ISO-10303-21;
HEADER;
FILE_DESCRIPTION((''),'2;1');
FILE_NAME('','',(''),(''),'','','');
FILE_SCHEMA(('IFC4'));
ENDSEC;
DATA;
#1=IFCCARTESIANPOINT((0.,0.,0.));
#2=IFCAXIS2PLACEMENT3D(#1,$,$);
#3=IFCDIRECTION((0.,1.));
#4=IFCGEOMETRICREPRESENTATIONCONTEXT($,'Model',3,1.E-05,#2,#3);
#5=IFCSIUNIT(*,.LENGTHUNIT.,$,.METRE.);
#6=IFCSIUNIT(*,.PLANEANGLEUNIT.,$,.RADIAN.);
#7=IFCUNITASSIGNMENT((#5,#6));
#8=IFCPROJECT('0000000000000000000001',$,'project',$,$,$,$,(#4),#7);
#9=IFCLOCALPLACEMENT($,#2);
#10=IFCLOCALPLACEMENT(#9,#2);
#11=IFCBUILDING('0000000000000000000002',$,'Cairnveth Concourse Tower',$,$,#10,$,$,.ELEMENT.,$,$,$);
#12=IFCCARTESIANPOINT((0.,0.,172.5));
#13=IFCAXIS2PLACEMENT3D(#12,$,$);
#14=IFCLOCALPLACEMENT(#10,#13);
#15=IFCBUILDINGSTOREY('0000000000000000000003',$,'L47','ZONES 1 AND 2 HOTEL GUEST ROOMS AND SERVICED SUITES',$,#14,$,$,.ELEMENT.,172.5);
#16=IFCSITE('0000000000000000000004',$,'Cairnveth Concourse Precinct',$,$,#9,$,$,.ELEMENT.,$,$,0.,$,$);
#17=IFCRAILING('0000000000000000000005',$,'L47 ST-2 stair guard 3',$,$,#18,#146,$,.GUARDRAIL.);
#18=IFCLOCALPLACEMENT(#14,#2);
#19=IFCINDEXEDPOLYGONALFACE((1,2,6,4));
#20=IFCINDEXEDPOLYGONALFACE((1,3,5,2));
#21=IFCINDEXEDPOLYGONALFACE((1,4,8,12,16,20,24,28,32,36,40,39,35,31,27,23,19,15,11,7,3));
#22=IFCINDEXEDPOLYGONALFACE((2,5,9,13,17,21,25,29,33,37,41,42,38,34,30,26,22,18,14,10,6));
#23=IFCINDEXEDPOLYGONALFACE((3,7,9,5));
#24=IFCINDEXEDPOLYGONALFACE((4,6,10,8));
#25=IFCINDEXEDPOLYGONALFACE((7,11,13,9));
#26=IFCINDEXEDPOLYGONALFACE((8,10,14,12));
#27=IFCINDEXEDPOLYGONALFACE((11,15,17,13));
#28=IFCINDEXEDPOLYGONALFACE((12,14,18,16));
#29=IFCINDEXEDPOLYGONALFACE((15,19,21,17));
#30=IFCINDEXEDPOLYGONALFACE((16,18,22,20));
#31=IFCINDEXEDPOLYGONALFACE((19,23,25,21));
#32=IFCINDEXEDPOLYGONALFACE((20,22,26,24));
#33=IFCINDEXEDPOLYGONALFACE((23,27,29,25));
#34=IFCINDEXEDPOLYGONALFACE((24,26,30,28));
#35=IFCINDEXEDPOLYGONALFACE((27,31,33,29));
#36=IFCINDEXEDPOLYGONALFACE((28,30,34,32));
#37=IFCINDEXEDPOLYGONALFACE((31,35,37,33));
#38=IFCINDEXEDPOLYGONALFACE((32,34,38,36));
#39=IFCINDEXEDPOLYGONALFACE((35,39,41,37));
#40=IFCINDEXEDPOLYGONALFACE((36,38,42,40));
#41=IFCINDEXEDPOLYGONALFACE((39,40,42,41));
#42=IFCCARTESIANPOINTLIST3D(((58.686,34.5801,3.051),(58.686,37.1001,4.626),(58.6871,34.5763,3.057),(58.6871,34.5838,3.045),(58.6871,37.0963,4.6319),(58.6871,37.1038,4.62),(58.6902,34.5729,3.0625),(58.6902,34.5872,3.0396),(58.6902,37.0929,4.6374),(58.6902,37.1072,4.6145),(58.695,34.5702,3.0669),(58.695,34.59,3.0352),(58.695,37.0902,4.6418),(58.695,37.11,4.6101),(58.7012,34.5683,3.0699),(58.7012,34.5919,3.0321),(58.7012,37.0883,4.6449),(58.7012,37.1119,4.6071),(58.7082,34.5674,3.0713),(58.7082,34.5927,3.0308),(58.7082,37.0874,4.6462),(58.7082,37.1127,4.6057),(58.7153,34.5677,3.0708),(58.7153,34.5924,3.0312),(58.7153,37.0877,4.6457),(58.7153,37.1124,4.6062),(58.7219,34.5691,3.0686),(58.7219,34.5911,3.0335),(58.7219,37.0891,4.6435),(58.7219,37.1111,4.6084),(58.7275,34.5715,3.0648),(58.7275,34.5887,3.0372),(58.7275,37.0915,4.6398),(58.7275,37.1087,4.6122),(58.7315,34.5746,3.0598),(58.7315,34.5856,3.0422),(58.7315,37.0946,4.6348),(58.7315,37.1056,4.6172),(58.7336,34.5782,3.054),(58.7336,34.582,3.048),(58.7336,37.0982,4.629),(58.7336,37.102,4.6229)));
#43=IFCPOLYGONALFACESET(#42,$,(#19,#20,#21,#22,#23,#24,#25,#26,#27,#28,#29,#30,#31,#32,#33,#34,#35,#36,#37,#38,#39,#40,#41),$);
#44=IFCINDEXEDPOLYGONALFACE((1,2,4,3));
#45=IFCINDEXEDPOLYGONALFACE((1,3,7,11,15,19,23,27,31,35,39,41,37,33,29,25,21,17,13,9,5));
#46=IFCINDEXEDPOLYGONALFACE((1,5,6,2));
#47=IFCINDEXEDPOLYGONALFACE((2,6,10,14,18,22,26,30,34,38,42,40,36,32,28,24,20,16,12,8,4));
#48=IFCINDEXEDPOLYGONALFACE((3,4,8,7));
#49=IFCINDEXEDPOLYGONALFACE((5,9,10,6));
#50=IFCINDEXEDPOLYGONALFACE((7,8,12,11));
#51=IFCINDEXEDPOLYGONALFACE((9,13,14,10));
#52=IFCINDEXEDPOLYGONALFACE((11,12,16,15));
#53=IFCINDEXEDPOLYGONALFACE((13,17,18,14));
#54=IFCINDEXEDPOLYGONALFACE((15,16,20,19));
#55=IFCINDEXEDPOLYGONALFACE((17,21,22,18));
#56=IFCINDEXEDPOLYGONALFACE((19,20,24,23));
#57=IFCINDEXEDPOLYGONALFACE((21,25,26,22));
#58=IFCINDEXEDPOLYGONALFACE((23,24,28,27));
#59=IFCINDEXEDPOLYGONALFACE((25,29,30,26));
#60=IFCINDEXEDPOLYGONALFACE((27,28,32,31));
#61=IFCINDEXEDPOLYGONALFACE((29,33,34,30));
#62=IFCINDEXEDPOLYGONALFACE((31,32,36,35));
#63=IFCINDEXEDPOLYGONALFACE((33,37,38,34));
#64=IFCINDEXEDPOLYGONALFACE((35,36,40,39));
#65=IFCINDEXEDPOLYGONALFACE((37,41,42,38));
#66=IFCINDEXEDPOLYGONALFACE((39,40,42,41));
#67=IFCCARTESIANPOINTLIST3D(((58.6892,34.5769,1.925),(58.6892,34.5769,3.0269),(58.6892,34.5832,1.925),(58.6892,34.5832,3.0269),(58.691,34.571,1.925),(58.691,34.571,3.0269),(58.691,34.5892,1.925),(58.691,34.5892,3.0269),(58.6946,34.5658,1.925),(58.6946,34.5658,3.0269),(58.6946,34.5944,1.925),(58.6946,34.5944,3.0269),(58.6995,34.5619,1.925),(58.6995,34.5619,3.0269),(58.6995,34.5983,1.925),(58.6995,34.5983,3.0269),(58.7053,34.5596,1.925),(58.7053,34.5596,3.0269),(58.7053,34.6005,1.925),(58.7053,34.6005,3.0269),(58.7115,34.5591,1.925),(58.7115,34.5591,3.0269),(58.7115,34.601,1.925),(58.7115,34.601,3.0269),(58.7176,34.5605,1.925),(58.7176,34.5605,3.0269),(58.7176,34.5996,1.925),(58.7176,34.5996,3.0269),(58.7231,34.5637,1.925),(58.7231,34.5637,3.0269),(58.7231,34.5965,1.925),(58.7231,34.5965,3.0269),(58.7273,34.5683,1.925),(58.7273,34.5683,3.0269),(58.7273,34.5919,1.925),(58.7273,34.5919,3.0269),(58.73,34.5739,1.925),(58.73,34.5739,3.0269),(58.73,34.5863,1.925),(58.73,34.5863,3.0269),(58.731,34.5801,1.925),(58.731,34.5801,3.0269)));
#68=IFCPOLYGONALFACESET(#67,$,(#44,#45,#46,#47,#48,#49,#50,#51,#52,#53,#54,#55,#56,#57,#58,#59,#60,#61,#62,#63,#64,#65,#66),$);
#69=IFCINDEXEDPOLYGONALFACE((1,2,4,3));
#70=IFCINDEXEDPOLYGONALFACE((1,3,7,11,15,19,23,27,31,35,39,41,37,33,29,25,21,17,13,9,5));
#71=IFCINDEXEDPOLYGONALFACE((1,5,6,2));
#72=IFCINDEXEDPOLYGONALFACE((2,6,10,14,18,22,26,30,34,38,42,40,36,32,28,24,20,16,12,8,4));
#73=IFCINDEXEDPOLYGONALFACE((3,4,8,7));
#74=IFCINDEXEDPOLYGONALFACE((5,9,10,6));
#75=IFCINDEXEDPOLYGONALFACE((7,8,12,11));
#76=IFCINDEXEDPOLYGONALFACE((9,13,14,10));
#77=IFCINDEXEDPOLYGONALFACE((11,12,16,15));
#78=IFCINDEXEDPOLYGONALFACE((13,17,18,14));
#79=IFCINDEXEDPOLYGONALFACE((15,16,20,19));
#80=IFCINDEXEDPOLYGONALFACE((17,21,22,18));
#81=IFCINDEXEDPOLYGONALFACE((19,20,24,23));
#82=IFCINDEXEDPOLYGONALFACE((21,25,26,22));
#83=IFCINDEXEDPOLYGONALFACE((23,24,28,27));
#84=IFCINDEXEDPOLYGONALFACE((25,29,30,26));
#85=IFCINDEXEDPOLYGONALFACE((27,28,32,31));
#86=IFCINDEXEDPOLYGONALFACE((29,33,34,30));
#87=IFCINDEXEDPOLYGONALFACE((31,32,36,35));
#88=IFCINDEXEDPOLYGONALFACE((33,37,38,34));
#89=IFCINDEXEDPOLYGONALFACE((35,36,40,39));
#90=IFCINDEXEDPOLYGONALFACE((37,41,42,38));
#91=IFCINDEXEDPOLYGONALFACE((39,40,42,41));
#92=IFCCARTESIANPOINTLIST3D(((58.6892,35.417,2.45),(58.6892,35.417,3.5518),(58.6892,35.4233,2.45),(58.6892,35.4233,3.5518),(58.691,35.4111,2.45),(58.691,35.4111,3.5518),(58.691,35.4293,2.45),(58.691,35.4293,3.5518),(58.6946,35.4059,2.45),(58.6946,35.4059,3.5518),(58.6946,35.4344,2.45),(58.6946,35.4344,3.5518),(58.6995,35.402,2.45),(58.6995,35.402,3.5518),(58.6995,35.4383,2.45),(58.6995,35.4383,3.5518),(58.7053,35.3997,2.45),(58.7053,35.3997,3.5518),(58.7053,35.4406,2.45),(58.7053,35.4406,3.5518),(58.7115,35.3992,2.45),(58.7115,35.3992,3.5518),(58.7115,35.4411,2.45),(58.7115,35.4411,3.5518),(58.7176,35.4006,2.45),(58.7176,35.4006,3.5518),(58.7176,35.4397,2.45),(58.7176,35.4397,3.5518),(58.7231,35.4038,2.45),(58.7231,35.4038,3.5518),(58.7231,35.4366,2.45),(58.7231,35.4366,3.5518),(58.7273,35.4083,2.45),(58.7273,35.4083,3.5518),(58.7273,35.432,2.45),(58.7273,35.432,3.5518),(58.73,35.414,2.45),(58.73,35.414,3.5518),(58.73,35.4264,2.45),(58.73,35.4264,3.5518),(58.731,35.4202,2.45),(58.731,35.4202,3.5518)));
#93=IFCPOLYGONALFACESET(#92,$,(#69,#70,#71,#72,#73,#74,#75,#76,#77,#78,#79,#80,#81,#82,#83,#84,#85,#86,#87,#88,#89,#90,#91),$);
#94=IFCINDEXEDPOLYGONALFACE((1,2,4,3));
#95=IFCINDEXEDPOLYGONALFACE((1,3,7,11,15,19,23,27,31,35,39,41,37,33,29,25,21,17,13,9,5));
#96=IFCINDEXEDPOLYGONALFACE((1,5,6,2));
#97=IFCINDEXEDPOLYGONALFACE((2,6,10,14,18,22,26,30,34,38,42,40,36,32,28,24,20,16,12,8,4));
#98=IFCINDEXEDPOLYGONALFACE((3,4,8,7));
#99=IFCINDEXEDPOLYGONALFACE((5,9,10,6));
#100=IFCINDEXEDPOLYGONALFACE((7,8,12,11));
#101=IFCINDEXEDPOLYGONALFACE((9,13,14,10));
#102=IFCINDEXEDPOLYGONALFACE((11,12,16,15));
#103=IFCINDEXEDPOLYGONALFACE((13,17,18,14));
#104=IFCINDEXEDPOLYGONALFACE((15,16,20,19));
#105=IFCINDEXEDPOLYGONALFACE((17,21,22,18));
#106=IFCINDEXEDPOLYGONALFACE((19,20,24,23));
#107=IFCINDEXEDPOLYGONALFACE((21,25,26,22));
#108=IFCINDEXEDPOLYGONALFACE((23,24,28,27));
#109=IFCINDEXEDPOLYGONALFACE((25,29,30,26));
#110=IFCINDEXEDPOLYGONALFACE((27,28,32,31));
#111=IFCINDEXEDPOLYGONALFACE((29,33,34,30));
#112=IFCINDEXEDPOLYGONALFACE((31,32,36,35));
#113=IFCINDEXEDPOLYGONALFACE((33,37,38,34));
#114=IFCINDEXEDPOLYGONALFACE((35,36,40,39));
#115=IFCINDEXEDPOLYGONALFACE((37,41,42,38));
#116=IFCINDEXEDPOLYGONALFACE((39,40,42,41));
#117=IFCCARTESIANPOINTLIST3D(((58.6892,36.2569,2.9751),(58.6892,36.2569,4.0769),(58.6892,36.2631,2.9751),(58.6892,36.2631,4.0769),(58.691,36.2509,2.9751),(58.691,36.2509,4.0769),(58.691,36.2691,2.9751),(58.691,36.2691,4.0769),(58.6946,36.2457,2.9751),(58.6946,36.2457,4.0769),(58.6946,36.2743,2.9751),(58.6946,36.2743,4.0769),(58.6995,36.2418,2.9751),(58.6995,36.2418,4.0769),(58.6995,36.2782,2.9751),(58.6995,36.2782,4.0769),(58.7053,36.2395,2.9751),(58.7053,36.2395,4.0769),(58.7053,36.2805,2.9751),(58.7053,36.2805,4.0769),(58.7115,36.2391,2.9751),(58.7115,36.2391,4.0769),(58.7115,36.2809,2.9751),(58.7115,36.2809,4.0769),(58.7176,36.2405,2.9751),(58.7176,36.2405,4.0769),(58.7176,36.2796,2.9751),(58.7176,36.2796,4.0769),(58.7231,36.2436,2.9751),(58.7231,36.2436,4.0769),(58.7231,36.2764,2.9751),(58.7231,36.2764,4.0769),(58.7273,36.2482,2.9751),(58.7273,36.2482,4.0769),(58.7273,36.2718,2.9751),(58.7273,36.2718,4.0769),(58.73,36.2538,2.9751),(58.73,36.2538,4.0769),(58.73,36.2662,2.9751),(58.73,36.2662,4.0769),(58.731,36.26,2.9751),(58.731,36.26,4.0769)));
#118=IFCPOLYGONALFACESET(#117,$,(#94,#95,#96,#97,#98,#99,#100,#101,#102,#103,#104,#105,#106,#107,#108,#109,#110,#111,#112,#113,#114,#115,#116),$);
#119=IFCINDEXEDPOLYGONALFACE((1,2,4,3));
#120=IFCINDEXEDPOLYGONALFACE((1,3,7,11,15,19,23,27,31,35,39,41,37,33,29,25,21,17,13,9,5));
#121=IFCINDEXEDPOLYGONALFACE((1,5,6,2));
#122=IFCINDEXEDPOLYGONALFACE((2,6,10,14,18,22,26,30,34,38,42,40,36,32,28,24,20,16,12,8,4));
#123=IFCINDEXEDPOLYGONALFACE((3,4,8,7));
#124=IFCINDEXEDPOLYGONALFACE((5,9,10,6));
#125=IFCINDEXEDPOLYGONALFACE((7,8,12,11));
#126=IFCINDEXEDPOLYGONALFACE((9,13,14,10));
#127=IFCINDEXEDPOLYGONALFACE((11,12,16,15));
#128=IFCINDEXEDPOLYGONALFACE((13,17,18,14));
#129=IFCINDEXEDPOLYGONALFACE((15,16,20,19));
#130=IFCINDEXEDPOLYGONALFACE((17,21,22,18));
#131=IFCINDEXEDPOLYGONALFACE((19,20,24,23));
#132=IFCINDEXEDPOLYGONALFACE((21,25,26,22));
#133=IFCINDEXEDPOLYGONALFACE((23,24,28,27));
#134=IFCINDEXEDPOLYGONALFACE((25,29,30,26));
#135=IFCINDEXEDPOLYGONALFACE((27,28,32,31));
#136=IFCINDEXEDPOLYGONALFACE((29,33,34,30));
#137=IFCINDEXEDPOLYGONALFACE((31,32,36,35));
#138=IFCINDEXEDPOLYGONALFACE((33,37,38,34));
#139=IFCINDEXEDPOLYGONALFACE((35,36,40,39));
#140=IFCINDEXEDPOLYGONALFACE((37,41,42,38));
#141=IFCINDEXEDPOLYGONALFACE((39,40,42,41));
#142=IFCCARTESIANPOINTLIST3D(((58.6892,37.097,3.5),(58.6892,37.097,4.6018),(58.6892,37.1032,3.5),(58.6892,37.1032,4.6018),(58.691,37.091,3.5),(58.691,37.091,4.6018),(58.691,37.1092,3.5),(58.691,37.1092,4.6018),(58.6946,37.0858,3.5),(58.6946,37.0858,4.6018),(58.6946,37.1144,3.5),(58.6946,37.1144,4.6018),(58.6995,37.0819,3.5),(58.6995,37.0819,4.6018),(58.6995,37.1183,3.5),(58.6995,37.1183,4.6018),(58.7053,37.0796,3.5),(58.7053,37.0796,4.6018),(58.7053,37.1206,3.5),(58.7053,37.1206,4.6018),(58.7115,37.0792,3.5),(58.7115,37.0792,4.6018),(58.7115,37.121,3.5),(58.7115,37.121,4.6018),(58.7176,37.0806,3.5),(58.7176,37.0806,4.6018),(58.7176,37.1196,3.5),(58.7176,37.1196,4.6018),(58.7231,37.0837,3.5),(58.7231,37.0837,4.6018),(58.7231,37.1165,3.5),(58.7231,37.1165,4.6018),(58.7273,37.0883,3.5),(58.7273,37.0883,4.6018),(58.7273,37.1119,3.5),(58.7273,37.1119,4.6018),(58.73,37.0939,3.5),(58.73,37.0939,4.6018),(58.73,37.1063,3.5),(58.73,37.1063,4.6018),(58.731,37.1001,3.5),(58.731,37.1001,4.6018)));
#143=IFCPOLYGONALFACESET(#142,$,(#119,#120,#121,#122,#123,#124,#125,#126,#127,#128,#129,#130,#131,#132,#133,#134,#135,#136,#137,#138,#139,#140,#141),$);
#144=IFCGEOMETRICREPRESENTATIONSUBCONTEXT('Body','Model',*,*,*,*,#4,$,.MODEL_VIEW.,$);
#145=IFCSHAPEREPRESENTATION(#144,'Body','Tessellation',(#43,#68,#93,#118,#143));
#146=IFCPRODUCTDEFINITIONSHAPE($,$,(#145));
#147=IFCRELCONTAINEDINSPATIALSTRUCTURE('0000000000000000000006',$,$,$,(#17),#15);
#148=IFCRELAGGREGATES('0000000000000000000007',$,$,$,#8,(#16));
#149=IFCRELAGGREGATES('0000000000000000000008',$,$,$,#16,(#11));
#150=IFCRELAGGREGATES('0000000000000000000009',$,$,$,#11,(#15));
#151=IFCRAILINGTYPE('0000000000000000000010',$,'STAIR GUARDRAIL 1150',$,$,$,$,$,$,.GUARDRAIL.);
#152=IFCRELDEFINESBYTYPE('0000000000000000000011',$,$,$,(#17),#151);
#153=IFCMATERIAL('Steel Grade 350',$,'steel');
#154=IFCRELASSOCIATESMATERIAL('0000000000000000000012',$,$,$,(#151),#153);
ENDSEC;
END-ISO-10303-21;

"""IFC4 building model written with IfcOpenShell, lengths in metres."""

from ifc_helpers import new_model, si_unit, direction, frame, origin, origin_2d, place, context, subcontext, project, spatial, circle, extrude, material, type_object, element, save


model = new_model("IFC4")

# Units and contexts
model_context = context("Model", 3, precision=1e-05, world=origin(), true_north=direction((0.0, 1.0)))
body_context = subcontext(model_context, "Body", "Model", "MODEL_VIEW")
ifc_project = project(units=[si_unit("LENGTHUNIT", "METRE"), si_unit("PLANEANGLEUNIT", "RADIAN")], contexts=[model_context])

# Site, building, storey
site_placement = place(None, origin())
site = spatial("IfcSite", under=ifc_project, at=site_placement, Name="Cairnveth Concourse Precinct", CompositionType="ELEMENT", RefElevation=0.0)
building_placement = place(site_placement, origin())
building = spatial("IfcBuilding", under=site, at=building_placement, Name="Cairnveth Concourse Tower", CompositionType="ELEMENT")
storey_placement = place(building_placement, frame((0.0, 0.0, 172.5)))
storey = spatial("IfcBuildingStorey", under=building, at=storey_placement, Name="L47", Description="ZONES 1 AND 2 HOTEL GUEST ROOMS AND SERVICED SUITES", CompositionType="ELEMENT", Elevation=172.5)

# Shared definitions
ifc_material_1 = material(Name="Steel Grade 350", Category="steel")

# Railing
railing_type = type_object("IfcRailingType", Name="STAIR GUARDRAIL 1150", PredefinedType="GUARDRAIL", material=ifc_material_1)
railing_1_placement = place(storey_placement, frame((58.71, 34.5801, 1.925)))
element("IfcRailing", 1, at=railing_1_placement, inside=storey, type_object=railing_type, Name="L47 ST-2 stair guard 3", PredefinedType="GUARDRAIL", context=body_context, shape_type="SweptSolid", body=[
    extrude(circle(Radius=0.0239, at=origin_2d()), frame((0.0, 0.0, 1.126), z_axis=(0.0, 0.848008, 0.529984), x_axis=(-1.0, 0.0, 0.0)), (0.0, 0.0, 1.0), 2.9717),
    extrude(circle(Radius=0.021, at=origin_2d()), origin(), (0.0, 0.0, 1.0), 1.1018),
    extrude(circle(Radius=0.021, at=origin_2d()), frame((0.0, 0.8401, 0.5249)), (0.0, 0.0, 1.0), 1.1018),
    extrude(circle(Radius=0.021, at=origin_2d()), frame((0.0, 1.6799, 1.05)), (0.0, 0.0, 1.0), 1.1018),
    extrude(circle(Radius=0.021, at=origin_2d()), frame((0.0, 2.52, 1.575)), (0.0, 0.0, 1.0), 1.1018),
])

save(model, "model.ifc")
